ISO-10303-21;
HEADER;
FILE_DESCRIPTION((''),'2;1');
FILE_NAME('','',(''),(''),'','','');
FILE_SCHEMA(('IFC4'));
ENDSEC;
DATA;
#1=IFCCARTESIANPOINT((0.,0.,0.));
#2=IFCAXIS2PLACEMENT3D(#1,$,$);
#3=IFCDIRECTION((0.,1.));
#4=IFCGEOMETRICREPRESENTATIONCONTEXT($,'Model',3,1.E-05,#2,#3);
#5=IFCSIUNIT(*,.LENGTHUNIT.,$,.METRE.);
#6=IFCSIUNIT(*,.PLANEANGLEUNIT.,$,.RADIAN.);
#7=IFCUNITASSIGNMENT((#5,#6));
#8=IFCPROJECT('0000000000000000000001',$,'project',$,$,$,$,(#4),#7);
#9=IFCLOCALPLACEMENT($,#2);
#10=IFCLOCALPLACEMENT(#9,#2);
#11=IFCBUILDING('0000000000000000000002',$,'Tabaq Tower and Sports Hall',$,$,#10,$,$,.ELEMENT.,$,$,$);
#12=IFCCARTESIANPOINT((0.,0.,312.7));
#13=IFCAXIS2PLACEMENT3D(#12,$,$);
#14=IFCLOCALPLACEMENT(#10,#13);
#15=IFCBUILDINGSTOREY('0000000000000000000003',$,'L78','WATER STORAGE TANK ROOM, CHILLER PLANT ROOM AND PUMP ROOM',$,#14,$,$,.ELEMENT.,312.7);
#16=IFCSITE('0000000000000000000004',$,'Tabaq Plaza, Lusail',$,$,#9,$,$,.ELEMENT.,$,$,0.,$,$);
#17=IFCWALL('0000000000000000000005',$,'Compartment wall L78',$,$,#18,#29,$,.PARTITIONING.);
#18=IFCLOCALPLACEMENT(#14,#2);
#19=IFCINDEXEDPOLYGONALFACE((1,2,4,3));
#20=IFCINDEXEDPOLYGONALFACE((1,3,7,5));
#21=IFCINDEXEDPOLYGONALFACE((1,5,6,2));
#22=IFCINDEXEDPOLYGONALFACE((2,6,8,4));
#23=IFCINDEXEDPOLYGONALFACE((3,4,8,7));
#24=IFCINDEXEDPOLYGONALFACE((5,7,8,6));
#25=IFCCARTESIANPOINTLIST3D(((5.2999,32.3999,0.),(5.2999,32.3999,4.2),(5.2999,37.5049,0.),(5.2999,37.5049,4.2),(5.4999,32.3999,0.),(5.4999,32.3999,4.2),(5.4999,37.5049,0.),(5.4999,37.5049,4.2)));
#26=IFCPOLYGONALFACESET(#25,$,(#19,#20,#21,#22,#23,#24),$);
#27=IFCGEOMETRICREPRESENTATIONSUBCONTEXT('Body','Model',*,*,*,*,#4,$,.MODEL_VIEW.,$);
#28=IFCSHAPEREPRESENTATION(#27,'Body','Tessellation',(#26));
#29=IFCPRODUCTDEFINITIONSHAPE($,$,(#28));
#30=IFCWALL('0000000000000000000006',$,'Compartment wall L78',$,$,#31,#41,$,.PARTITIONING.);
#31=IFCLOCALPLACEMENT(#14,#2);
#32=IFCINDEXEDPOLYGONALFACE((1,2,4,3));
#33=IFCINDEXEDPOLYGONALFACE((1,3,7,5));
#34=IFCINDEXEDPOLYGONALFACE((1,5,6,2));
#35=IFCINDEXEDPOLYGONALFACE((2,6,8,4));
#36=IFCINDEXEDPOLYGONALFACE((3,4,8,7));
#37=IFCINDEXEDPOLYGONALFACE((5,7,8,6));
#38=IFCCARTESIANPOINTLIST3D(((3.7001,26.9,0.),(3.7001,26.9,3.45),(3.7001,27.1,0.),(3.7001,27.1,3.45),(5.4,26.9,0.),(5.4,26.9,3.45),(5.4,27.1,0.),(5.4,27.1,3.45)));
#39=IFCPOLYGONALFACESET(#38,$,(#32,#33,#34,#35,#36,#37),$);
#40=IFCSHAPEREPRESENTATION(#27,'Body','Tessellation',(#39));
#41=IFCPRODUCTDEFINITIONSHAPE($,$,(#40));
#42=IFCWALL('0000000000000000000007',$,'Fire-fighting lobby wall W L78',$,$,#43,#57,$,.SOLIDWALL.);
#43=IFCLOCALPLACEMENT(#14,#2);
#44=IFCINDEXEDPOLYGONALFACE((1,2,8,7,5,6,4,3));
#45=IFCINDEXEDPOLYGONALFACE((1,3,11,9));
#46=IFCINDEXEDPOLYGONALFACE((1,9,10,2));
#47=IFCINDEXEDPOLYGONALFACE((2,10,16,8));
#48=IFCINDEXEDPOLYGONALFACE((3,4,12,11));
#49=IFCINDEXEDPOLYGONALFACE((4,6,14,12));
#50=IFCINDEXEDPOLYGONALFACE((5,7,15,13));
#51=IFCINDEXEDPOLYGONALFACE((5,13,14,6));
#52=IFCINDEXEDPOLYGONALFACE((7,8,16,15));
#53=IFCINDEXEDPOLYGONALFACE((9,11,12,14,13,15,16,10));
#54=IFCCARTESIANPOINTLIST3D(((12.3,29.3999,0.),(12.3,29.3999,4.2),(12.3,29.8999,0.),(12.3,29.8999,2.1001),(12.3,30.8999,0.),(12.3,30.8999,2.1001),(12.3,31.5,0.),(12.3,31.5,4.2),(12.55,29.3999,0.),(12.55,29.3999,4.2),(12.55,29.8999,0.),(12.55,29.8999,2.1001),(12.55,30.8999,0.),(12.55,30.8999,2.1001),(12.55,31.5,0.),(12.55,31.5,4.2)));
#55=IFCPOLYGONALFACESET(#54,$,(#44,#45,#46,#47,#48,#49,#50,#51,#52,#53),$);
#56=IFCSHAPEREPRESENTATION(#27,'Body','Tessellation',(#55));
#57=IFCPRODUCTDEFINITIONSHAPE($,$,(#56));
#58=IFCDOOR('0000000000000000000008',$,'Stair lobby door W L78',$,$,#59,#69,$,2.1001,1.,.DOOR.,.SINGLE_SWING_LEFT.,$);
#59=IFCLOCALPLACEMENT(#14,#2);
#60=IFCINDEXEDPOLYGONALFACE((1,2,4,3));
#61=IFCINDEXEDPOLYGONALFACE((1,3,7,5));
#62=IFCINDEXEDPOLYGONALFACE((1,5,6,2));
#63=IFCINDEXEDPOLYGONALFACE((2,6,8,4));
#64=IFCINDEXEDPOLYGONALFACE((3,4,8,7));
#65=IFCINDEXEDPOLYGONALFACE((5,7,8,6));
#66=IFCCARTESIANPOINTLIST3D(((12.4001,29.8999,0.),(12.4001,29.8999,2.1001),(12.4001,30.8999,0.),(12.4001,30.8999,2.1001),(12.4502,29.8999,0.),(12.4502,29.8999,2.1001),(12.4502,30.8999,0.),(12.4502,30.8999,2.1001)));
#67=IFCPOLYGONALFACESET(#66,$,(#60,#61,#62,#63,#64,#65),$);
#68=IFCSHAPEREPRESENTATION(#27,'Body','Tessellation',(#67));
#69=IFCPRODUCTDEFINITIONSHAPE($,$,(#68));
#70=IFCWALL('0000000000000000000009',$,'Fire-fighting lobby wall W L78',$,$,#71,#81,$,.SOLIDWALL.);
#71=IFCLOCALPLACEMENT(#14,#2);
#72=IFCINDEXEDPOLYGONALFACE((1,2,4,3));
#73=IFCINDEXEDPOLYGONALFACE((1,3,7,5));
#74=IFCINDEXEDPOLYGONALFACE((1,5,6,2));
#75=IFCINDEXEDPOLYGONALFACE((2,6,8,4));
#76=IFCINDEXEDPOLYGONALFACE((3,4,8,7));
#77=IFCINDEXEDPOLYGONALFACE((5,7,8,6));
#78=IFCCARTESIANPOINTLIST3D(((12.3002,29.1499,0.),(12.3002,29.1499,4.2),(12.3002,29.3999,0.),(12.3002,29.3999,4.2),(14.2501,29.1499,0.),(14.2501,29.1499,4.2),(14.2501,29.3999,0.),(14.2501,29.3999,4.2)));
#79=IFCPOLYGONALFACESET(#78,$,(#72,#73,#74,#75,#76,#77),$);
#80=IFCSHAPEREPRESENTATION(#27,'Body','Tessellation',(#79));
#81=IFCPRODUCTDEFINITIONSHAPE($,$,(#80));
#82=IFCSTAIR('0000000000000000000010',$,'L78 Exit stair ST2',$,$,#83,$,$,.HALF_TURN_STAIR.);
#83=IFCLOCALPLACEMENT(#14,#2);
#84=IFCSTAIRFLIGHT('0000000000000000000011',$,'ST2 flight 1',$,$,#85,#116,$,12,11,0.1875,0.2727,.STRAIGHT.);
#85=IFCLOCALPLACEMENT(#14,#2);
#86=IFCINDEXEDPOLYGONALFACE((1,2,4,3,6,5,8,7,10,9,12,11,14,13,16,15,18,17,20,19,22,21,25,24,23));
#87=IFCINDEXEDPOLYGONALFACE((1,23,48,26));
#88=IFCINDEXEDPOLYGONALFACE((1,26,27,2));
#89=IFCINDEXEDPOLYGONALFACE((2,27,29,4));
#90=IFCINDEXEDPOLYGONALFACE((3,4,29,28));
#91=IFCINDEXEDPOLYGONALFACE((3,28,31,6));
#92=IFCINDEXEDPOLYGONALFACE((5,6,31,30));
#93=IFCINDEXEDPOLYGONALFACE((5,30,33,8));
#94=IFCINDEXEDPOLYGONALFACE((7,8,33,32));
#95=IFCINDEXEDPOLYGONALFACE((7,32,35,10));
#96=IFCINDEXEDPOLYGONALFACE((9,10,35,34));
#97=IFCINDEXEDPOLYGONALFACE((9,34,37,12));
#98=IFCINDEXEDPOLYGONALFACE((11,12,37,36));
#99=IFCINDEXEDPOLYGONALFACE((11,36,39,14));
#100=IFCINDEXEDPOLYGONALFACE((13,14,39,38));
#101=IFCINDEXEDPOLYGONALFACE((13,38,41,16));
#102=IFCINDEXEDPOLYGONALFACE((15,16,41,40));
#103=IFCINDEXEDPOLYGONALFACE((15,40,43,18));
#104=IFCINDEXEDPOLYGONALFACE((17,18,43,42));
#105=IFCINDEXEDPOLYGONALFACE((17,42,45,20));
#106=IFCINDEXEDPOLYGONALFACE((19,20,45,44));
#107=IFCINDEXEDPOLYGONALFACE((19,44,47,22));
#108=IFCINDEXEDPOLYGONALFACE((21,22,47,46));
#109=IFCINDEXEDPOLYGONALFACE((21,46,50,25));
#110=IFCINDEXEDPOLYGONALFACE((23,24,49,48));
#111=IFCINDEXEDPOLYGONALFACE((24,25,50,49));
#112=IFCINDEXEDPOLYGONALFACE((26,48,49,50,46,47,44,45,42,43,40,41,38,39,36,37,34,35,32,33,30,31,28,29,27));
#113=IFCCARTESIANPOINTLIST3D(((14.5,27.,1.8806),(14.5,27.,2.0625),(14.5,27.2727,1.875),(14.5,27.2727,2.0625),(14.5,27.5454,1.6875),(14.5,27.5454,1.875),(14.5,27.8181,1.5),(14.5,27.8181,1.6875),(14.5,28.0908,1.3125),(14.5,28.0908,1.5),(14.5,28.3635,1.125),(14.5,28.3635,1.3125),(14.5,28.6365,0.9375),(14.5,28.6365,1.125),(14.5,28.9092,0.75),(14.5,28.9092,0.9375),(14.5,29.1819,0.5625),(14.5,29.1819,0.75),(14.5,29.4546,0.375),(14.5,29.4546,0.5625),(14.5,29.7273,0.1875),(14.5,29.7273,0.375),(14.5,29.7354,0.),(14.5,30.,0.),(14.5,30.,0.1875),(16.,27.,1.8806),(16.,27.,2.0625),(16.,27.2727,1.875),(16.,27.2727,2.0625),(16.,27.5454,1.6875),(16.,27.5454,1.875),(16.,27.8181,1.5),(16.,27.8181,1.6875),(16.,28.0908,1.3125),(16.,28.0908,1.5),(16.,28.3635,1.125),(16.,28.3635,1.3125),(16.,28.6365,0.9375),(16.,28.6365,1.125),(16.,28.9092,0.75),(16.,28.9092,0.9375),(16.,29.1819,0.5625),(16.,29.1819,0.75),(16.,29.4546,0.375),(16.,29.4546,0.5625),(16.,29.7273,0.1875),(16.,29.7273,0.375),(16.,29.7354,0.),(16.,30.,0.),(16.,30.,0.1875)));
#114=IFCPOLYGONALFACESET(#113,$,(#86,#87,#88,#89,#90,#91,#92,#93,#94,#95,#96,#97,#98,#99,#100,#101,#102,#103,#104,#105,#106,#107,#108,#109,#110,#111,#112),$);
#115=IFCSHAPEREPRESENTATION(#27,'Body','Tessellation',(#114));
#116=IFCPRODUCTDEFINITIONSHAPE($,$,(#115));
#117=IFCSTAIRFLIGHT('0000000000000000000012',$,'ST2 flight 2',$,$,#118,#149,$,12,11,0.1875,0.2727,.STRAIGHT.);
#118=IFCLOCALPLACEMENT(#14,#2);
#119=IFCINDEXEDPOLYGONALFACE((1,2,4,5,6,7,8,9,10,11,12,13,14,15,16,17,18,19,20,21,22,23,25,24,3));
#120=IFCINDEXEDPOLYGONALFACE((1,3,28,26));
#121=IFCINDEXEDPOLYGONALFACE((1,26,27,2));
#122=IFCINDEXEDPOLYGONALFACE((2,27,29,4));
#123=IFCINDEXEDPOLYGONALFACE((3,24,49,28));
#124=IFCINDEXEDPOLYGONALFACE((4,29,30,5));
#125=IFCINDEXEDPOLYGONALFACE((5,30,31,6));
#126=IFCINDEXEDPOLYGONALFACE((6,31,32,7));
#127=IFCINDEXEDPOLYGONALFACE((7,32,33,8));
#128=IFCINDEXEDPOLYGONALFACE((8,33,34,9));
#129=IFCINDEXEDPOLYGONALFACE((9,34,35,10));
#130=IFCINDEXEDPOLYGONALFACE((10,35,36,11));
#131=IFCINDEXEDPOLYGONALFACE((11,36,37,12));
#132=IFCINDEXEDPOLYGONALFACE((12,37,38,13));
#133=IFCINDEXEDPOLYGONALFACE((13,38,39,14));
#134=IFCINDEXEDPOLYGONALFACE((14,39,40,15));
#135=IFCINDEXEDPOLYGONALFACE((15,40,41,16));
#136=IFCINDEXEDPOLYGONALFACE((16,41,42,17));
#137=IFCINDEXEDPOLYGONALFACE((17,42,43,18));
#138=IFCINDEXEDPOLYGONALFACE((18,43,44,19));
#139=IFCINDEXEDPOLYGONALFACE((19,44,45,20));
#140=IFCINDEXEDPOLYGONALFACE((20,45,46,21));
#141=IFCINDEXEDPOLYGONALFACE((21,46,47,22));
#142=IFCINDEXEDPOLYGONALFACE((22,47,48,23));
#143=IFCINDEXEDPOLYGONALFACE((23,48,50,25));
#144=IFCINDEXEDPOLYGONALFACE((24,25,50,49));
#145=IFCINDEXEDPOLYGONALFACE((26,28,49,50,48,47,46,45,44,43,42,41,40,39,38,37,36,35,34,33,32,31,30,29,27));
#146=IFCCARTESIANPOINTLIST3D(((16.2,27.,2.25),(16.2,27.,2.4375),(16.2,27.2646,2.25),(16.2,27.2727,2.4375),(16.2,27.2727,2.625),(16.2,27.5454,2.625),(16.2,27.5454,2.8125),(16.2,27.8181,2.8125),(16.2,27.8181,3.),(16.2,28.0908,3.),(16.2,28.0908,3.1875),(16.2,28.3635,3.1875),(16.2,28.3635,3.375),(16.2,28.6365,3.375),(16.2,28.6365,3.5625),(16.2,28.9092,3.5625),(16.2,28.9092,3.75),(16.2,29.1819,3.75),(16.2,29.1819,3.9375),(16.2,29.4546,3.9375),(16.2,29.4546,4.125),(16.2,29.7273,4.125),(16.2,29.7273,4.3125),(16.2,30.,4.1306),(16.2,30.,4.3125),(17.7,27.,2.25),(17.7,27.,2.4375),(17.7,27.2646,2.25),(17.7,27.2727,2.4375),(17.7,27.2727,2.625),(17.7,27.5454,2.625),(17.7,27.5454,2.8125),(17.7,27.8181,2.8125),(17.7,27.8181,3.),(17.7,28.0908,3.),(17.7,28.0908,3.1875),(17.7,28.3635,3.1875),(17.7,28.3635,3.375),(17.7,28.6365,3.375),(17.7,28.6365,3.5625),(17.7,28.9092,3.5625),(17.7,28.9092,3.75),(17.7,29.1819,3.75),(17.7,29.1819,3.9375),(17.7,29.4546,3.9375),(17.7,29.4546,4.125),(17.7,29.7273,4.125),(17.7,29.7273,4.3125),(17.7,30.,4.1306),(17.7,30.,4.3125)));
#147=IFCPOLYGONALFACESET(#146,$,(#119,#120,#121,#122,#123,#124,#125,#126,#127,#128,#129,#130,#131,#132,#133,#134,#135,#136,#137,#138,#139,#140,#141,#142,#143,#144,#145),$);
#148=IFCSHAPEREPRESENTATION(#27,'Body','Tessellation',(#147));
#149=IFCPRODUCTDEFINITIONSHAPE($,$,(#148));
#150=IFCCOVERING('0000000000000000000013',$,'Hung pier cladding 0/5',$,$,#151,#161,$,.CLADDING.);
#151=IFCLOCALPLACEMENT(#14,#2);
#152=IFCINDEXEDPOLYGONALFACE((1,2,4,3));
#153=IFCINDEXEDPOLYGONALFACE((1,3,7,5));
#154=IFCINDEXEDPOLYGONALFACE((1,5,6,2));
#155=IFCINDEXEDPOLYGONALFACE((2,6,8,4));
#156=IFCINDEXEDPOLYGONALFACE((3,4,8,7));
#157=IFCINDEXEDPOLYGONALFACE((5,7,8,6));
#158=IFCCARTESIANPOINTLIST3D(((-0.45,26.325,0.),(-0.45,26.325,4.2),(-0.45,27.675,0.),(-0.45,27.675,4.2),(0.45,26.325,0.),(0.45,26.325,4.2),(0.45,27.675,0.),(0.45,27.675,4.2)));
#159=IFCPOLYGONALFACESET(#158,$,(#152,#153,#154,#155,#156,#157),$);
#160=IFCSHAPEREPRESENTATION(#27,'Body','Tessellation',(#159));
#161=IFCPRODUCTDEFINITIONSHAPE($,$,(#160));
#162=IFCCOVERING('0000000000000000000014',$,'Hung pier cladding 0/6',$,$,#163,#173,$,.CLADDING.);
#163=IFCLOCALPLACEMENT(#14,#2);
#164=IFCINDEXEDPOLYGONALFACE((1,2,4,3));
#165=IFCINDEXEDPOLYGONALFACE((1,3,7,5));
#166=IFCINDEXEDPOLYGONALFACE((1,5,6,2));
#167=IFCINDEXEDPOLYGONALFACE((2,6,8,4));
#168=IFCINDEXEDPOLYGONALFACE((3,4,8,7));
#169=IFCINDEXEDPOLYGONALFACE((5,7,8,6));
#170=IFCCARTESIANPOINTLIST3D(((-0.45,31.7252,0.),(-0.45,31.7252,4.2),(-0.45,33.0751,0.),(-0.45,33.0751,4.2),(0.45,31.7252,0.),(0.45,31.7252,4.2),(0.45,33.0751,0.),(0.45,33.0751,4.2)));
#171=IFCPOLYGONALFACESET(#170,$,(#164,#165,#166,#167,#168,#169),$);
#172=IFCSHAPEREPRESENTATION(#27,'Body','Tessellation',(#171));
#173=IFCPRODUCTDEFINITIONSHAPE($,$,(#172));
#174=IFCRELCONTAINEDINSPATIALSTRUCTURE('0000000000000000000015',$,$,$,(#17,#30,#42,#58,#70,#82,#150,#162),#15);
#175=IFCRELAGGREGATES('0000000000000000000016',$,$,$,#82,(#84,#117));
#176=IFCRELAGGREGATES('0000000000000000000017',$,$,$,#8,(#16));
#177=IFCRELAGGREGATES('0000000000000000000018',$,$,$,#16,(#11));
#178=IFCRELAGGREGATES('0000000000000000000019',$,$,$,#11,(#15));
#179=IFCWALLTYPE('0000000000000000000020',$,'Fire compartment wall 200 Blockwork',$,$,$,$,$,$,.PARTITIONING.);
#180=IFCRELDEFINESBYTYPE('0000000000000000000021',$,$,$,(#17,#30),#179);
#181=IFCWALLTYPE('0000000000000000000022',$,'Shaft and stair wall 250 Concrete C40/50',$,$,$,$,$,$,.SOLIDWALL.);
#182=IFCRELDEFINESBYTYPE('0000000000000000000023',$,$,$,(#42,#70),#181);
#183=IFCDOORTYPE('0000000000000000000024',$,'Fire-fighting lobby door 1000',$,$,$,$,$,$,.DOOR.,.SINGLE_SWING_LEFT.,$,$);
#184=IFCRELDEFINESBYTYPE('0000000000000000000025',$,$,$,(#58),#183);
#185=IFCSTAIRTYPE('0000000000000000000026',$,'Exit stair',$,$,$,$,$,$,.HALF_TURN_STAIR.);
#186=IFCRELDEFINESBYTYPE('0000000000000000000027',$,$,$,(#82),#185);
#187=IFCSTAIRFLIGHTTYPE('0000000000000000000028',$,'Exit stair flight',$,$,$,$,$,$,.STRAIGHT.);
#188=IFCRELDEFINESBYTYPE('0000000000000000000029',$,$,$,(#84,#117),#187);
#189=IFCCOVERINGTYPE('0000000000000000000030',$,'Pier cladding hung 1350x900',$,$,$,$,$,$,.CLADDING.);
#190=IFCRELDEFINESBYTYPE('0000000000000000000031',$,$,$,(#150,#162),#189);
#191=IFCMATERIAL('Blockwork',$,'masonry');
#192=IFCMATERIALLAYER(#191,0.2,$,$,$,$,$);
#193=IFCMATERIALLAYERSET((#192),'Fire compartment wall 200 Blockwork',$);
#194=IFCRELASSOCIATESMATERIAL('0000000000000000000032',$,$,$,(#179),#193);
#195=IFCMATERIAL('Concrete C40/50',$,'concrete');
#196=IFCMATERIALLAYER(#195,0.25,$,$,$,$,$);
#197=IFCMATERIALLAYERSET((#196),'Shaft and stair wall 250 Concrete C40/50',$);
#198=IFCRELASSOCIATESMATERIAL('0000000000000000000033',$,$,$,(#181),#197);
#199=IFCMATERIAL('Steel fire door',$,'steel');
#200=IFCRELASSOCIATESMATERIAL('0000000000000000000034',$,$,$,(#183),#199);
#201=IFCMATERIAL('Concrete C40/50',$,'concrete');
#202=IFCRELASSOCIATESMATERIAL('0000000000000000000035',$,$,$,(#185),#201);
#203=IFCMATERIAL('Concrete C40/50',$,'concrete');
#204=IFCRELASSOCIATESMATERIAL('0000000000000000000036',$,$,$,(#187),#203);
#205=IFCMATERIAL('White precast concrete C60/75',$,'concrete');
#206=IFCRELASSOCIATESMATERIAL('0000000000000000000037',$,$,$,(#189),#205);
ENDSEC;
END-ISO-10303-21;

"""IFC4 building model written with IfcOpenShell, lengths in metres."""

from ifc_helpers import new_model, si_unit, direction, frame, frame_2d, origin, place, context, subcontext, project, spatial, polyline, rectangle, outline, extrude, material, layer, layer_set, type_object, element, fill, aggregate, save


model = new_model("IFC4")

# Units and contexts
model_context = context("Model", 3, precision=1e-05, world=origin(), true_north=direction((0.0, 1.0)))
body_context = subcontext(model_context, "Body", "Model", "MODEL_VIEW")
ifc_project = project(units=[si_unit("LENGTHUNIT", "METRE"), si_unit("PLANEANGLEUNIT", "RADIAN")], contexts=[model_context])

# Site, building, storey
site_placement = place(None, origin())
site = spatial("IfcSite", under=ifc_project, at=site_placement, Name="Tabaq Plaza, Lusail", CompositionType="ELEMENT", RefElevation=0.0)
building_placement = place(site_placement, origin())
building = spatial("IfcBuilding", under=site, at=building_placement, Name="Tabaq Tower and Sports Hall", CompositionType="ELEMENT")
storey_placement = place(building_placement, frame((0.0, 0.0, 312.7)))
storey = spatial("IfcBuildingStorey", under=building, at=storey_placement, Name="L78", Description="WATER STORAGE TANK ROOM, CHILLER PLANT ROOM AND PUMP ROOM", CompositionType="ELEMENT", Elevation=312.7)

# Walls
ifc_material_1 = material(Name="Blockwork", Category="masonry")
ifc_layer_1 = layer(ifc_material_1, 0.2)
ifc_layer_set_1 = layer_set([ifc_layer_1], Name="Fire compartment wall 200 Blockwork")
wall_type_1 = type_object("IfcWallType", Name="Fire compartment wall 200 Blockwork", PredefinedType="PARTITIONING", material=ifc_layer_set_1)
wall_1_placement = place(storey_placement, frame((5.3999, 37.5049, 0.0), z_axis=(0.0, 0.0, 1.0), x_axis=(0.0, -1.0, 0.0)))
element("IfcWall", 1, at=wall_1_placement, inside=storey, type_object=wall_type_1, Name="Compartment wall L78", PredefinedType="PARTITIONING", context=body_context, shape_type="SweptSolid", body=[
    extrude(rectangle(XDim=5.105, YDim=0.2, at=frame_2d((2.5525, 0.0))), origin(), (0.0, 0.0, 1.0), 4.2),
])
wall_2_placement = place(storey_placement, frame((3.7, 27.0, 0.0), z_axis=(0.0, 0.0, 1.0), x_axis=(1.0, 0.0, 0.0)))
element("IfcWall", 2, at=wall_2_placement, inside=storey, type_object=wall_type_1, Name="Compartment wall L78", PredefinedType="PARTITIONING", context=body_context, shape_type="SweptSolid", body=[
    extrude(rectangle(XDim=1.7, YDim=0.2, at=frame_2d((0.8501, 0.0))), origin(), (0.0, 0.0, 1.0), 3.45),
])

# Wall, opening, door
ifc_material_2 = material(Name="Concrete C40/50", Category="concrete")
ifc_layer_2 = layer(ifc_material_2, 0.25)
ifc_layer_set_2 = layer_set([ifc_layer_2], Name="Shaft and stair wall 250 Concrete C40/50")
wall_type_2 = type_object("IfcWallType", Name="Shaft and stair wall 250 Concrete C40/50", PredefinedType="SOLIDWALL", material=ifc_layer_set_2)
wall_3_placement = place(storey_placement, frame((12.425, 29.3999, 0.0), z_axis=(0.0, 0.0, 1.0), x_axis=(0.0, 1.0, 0.0)))
wall_3 = element("IfcWall", 3, at=wall_3_placement, inside=storey, type_object=wall_type_2, Name="Fire-fighting lobby wall W L78", PredefinedType="SOLIDWALL", context=body_context, shape_type="SweptSolid", body=[
    extrude(rectangle(XDim=2.1001, YDim=0.25, at=frame_2d((1.05, 0.0))), origin(), (0.0, 0.0, 1.0), 4.2),
])
opening_1_placement = place(wall_3_placement, frame((0.5, 0.0, 0.0)))
opening_1 = element("IfcOpeningElement", 4, at=opening_1_placement, cuts=wall_3, PredefinedType="OPENING", context=body_context, shape_type="SweptSolid", body=[
    extrude(rectangle(XDim=1.0, YDim=2.1001, at=frame_2d((0.5, 1.05))), frame((0.0, 0.125, 0.0), z_axis=(0.0, -1.0, 0.0), x_axis=(1.0, 0.0, 0.0)), (0.0, 0.0, 1.0), 0.25),
])
ifc_material_3 = material(Name="Steel fire door", Category="steel")
door_type_1 = type_object("IfcDoorType", Name="Fire-fighting lobby door 1000", OperationType="SINGLE_SWING_LEFT", PredefinedType="DOOR", material=ifc_material_3)
door_1_placement = place(opening_1_placement, origin())
door_1 = element("IfcDoor", 5, at=door_1_placement, inside=storey, type_object=door_type_1, Name="Stair lobby door W L78", OperationType="SINGLE_SWING_LEFT", OverallHeight=2.1001, OverallWidth=1.0, PredefinedType="DOOR", context=body_context, shape_type="SweptSolid", body=[
    extrude(rectangle(XDim=1.0, YDim=2.1001, at=frame_2d((0.5, 1.05))), frame((0.0, 0.0249, 0.0), z_axis=(0.0, -1.0, 0.0), x_axis=(1.0, 0.0, 0.0)), (0.0, 0.0, 1.0), 0.05),
])
fill(opening_1, door_1)

# Wall
wall_4_placement = place(storey_placement, frame((12.3, 29.2749, 0.0), z_axis=(0.0, 0.0, 1.0), x_axis=(1.0, 0.0, 0.0)))
element("IfcWall", 6, at=wall_4_placement, inside=storey, type_object=wall_type_2, Name="Fire-fighting lobby wall W L78", PredefinedType="SOLIDWALL", context=body_context, shape_type="SweptSolid", body=[
    extrude(rectangle(XDim=1.95, YDim=0.25, at=frame_2d((0.9751, 0.0))), origin(), (0.0, 0.0, 1.0), 4.2),
])

# Stair, stair flights
ifc_material_4 = material(Name="Concrete C40/50", Category="concrete")
stair_type = type_object("IfcStairType", Name="Exit stair", PredefinedType="HALF_TURN_STAIR", material=ifc_material_4)
stair_placement = place(storey_placement, origin())
stair = element("IfcStair", 7, at=stair_placement, inside=storey, type_object=stair_type, Name="L78 Exit stair ST2", PredefinedType="HALF_TURN_STAIR")
ifc_material_5 = material(Name="Concrete C40/50", Category="concrete")
stair_flight_type = type_object("IfcStairFlightType", Name="Exit stair flight", PredefinedType="STRAIGHT", material=ifc_material_5)
stair_flight_1_placement = place(storey_placement, frame((15.25, 30.0, 0.0), z_axis=(0.0, 0.0, 1.0), x_axis=(0.0, -1.0, 0.0)))
stair_flight_1 = element("IfcStairFlight", 8, at=stair_flight_1_placement, type_object=stair_flight_type, Name="ST2 flight 1", NumberOfRisers=12, NumberOfTreads=11, PredefinedType="STRAIGHT", RiserHeight=0.1875, TreadLength=0.2727, context=body_context, shape_type="SweptSolid", body=[
    extrude(outline(polyline([(0.0, 0.0), (0.0, 0.1875), (0.2727, 0.1875), (0.2727, 0.375), (0.5454, 0.375), (0.5454, 0.5625), (0.8181, 0.5625), (0.8181, 0.75), (1.0908, 0.75), (1.0908, 0.9375), (1.3635, 0.9375), (1.3635, 1.125), (1.6365, 1.125), (1.6365, 1.3125), (1.9092, 1.3125), (1.9092, 1.5), (2.1819, 1.5), (2.1819, 1.6875), (2.4546, 1.6875), (2.4546, 1.875), (2.7273, 1.875), (2.7273, 2.0625), (3.0, 2.0625), (3.0, 2.25), (3.0, 1.8806), (0.2646, 0.0), (0.0, 0.0)])), frame((0.0, 0.75, 0.0), z_axis=(0.0, -1.0, 0.0), x_axis=(1.0, 0.0, 0.0)), (0.0, 0.0, 1.0), 1.5),
])
stair_flight_2_placement = place(storey_placement, frame((16.95, 27.0, 2.25), z_axis=(0.0, 0.0, 1.0), x_axis=(0.0, 1.0, 0.0)))
stair_flight_2 = element("IfcStairFlight", 9, at=stair_flight_2_placement, type_object=stair_flight_type, Name="ST2 flight 2", NumberOfRisers=12, NumberOfTreads=11, PredefinedType="STRAIGHT", RiserHeight=0.1875, TreadLength=0.2727, context=body_context, shape_type="SweptSolid", body=[
    extrude(outline(polyline([(0.0, 0.0), (0.0, 0.1875), (0.2727, 0.1875), (0.2727, 0.375), (0.5454, 0.375), (0.5454, 0.5625), (0.8181, 0.5625), (0.8181, 0.75), (1.0908, 0.75), (1.0908, 0.9375), (1.3635, 0.9375), (1.3635, 1.125), (1.6365, 1.125), (1.6365, 1.3125), (1.9092, 1.3125), (1.9092, 1.5), (2.1819, 1.5), (2.1819, 1.6875), (2.4546, 1.6875), (2.4546, 1.875), (2.7273, 1.875), (2.7273, 2.0625), (3.0, 2.0625), (3.0, 2.25), (3.0, 1.8806), (0.2646, 0.0), (0.0, 0.0)])), frame((0.0, 0.75, 0.0), z_axis=(0.0, -1.0, 0.0), x_axis=(1.0, 0.0, 0.0)), (0.0, 0.0, 1.0), 1.5),
])
aggregate(stair, [stair_flight_1, stair_flight_2])

# Coverings
ifc_material_6 = material(Name="White precast concrete C60/75", Category="concrete")
covering_type_1 = type_object("IfcCoveringType", Name="Pier cladding hung 1350x900", PredefinedType="CLADDING", material=ifc_material_6)
covering_1_placement = place(storey_placement, frame((0.0, 27.675, 0.0), z_axis=(0.0, 0.0, 1.0), x_axis=(0.0, -1.0, 0.0)))
element("IfcCovering", 10, at=covering_1_placement, inside=storey, type_object=covering_type_1, Name="Hung pier cladding 0/5", PredefinedType="CLADDING", context=body_context, shape_type="SweptSolid", body=[
    extrude(rectangle(XDim=1.3501, YDim=0.8999, at=frame_2d((0.675, 0.0))), origin(), (0.0, 0.0, 1.0), 4.2),
])
covering_2_placement = place(storey_placement, frame((0.0, 33.075, 0.0), z_axis=(0.0, 0.0, 1.0), x_axis=(0.0, -1.0, 0.0)))
element("IfcCovering", 11, at=covering_2_placement, inside=storey, type_object=covering_type_1, Name="Hung pier cladding 0/6", PredefinedType="CLADDING", context=body_context, shape_type="SweptSolid", body=[
    extrude(rectangle(XDim=1.3499, YDim=0.8999, at=frame_2d((0.6748, 0.0))), origin(), (0.0, 0.0, 1.0), 4.2),
])

save(model, "model.ifc")
